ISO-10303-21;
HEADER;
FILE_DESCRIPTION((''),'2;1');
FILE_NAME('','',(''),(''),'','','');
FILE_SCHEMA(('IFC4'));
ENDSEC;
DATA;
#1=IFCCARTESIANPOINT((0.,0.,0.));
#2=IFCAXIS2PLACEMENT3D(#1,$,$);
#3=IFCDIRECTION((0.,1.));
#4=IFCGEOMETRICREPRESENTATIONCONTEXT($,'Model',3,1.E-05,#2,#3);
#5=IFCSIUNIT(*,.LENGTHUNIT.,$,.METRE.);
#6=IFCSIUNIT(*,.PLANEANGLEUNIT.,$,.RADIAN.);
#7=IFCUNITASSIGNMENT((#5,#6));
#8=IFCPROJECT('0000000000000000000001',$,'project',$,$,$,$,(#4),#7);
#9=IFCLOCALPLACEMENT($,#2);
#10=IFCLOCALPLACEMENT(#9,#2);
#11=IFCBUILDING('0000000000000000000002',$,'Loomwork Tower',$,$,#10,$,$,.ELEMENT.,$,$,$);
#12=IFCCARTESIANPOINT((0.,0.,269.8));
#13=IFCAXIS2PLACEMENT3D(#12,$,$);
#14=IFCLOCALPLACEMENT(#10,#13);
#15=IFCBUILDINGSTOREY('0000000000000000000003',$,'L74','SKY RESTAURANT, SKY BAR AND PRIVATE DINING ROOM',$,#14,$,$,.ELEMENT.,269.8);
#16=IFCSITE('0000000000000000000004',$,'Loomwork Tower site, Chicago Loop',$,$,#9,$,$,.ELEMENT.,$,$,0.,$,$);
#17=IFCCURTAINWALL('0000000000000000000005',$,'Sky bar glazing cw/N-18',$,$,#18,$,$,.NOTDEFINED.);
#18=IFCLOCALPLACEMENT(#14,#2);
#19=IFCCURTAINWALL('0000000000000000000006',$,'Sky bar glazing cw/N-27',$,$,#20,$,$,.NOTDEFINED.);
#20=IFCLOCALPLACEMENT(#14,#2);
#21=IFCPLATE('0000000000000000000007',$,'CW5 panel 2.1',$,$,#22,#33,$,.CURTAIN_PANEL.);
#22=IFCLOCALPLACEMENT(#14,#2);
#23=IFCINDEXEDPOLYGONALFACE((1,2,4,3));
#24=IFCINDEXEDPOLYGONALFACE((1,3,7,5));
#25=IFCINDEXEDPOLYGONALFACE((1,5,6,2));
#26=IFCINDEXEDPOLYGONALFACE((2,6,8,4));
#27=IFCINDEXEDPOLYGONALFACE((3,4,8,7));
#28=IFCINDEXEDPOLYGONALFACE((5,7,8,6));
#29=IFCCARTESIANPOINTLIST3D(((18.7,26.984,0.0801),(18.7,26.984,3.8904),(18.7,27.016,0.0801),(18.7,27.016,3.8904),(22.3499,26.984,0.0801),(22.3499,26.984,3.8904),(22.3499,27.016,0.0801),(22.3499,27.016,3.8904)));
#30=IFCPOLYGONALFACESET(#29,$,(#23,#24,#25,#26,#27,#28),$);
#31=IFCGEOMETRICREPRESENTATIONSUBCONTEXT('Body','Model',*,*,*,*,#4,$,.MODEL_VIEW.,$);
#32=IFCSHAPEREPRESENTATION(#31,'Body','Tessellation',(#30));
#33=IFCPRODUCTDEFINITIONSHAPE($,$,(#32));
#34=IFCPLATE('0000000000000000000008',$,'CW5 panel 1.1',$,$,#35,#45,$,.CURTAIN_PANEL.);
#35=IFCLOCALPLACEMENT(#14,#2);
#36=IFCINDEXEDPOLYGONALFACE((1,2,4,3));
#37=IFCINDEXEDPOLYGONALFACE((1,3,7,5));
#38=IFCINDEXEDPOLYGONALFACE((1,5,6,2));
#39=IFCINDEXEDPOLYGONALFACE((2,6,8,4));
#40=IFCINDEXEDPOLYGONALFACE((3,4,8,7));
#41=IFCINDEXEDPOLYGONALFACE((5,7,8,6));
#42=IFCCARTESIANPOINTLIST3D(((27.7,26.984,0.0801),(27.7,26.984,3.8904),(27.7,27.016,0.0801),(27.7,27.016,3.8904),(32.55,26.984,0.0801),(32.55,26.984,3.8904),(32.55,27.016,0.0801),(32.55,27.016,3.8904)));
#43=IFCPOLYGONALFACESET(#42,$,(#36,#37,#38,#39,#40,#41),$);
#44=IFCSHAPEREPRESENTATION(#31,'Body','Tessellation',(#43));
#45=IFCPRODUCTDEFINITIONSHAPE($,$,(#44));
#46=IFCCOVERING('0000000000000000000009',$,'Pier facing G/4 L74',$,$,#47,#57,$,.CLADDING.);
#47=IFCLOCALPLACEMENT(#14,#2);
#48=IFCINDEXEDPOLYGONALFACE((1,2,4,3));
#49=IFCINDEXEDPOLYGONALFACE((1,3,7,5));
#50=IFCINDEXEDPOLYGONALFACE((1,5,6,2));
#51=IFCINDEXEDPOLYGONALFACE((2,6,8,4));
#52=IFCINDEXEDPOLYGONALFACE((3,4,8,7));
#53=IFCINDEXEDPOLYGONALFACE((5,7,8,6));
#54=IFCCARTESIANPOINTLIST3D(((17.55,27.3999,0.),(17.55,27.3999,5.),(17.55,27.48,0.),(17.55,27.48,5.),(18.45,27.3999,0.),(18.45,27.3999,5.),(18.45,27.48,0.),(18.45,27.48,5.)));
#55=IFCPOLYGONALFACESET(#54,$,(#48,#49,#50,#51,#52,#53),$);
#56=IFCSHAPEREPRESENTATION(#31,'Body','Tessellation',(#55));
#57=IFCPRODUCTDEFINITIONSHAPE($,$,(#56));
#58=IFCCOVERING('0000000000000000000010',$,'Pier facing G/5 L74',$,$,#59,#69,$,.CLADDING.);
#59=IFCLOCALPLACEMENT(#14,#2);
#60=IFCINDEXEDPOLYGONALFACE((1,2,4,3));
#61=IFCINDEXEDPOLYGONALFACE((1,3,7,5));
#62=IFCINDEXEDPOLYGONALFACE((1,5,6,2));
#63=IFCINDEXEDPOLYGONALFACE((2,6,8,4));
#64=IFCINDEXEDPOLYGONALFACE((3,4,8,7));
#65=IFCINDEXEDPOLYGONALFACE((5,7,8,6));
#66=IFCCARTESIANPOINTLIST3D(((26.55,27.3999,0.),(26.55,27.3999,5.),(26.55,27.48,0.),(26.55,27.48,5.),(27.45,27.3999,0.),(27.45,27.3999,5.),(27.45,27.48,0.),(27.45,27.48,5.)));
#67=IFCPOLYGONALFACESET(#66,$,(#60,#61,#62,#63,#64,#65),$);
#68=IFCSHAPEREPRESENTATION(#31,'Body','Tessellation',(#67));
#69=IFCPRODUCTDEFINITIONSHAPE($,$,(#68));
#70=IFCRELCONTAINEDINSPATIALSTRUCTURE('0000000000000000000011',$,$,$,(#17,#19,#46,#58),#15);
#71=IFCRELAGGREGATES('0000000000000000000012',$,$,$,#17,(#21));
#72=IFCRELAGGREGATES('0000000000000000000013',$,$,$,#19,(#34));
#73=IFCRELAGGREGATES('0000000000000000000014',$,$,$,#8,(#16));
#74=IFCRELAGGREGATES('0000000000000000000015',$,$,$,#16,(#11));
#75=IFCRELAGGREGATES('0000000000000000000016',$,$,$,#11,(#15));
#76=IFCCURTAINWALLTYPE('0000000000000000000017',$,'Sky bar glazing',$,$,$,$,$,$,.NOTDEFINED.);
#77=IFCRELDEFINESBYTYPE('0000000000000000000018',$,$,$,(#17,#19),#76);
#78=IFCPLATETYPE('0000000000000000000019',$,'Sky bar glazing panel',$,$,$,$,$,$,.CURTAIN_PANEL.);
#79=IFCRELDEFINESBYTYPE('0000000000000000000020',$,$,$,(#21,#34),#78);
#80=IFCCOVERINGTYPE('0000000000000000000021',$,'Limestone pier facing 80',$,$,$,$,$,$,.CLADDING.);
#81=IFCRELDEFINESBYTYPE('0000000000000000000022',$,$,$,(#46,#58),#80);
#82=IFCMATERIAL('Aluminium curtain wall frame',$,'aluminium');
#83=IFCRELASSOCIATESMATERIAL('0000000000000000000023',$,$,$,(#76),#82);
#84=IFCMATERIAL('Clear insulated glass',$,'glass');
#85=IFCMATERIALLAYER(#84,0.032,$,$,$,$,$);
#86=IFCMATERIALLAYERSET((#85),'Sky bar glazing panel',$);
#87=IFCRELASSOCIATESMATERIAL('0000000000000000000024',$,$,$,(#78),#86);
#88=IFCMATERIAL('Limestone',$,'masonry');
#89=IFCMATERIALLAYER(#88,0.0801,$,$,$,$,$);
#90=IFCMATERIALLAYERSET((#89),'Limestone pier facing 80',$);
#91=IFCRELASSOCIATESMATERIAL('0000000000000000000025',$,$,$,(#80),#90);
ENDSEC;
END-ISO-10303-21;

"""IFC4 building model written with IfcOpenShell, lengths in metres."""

from ifc_helpers import new_model, si_unit, direction, frame, origin, origin_2d, place, context, subcontext, project, spatial, rectangle, extrude, material, layer, layer_set, type_object, element, aggregate, save


model = new_model("IFC4")

# Units and contexts
model_context = context("Model", 3, precision=1e-05, world=origin(), true_north=direction((0.0, 1.0)))
body_context = subcontext(model_context, "Body", "Model", "MODEL_VIEW")
ifc_project = project(units=[si_unit("LENGTHUNIT", "METRE"), si_unit("PLANEANGLEUNIT", "RADIAN")], contexts=[model_context])

# Site, building, storey
site_placement = place(None, origin())
site = spatial("IfcSite", under=ifc_project, at=site_placement, Name="Loomwork Tower site, Chicago Loop", CompositionType="ELEMENT", RefElevation=0.0)
building_placement = place(site_placement, origin())
building = spatial("IfcBuilding", under=site, at=building_placement, Name="Loomwork Tower", CompositionType="ELEMENT")
storey_placement = place(building_placement, frame((0.0, 0.0, 269.8)))
storey = spatial("IfcBuildingStorey", under=building, at=storey_placement, Name="L74", Description="SKY RESTAURANT, SKY BAR AND PRIVATE DINING ROOM", CompositionType="ELEMENT", Elevation=269.8)

# Curtain wall
ifc_material_1 = material(Name="Aluminium curtain wall frame", Category="aluminium")
curtain_wall_type = type_object("IfcCurtainWallType", Name="Sky bar glazing", PredefinedType="NOTDEFINED", material=ifc_material_1)
curtain_wall_1_placement = place(storey_placement, origin())
curtain_wall_1 = element("IfcCurtainWall", 1, at=curtain_wall_1_placement, inside=storey, type_object=curtain_wall_type, Name="Sky bar glazing cw/N-18", PredefinedType="NOTDEFINED")

# Curtain wall
curtain_wall_2_placement = place(storey_placement, origin())
curtain_wall_2 = element("IfcCurtainWall", 2, at=curtain_wall_2_placement, inside=storey, type_object=curtain_wall_type, Name="Sky bar glazing cw/N-27", PredefinedType="NOTDEFINED")

# Plates
ifc_material_2 = material(Name="Clear insulated glass", Category="glass")
ifc_layer_1 = layer(ifc_material_2, 0.032)
ifc_layer_set_1 = layer_set([ifc_layer_1], Name="Sky bar glazing panel")
plate_type = type_object("IfcPlateType", Name="Sky bar glazing panel", PredefinedType="CURTAIN_PANEL", material=ifc_layer_set_1)
plate_1_placement = place(storey_placement, frame((20.5249, 27.0, 0.0801), z_axis=(0.0, 0.0, 1.0), x_axis=(-1.0, 0.0, 0.0)))
plate_1 = element("IfcPlate", 3, at=plate_1_placement, type_object=plate_type, Name="CW5 panel 2.1", PredefinedType="CURTAIN_PANEL", context=body_context, shape_type="SweptSolid", body=[
    extrude(rectangle(XDim=3.6499, YDim=0.032, at=origin_2d()), origin(), (0.0, 0.0, 1.0), 3.8103),
])
aggregate(curtain_wall_1, [plate_1])
plate_2_placement = place(storey_placement, frame((30.125, 27.0, 0.0801), z_axis=(0.0, 0.0, 1.0), x_axis=(-1.0, 0.0, 0.0)))
plate_2 = element("IfcPlate", 4, at=plate_2_placement, type_object=plate_type, Name="CW5 panel 1.1", PredefinedType="CURTAIN_PANEL", context=body_context, shape_type="SweptSolid", body=[
    extrude(rectangle(XDim=4.8501, YDim=0.032, at=origin_2d()), origin(), (0.0, 0.0, 1.0), 3.8103),
])
aggregate(curtain_wall_2, [plate_2])

# Coverings
ifc_material_3 = material(Name="Limestone", Category="masonry")
ifc_layer_2 = layer(ifc_material_3, 0.0801)
ifc_layer_set_2 = layer_set([ifc_layer_2], Name="Limestone pier facing 80")
covering_type = type_object("IfcCoveringType", Name="Limestone pier facing 80", PredefinedType="CLADDING", material=ifc_layer_set_2)
for number, where, z_axis, x_axis, name in (
    (5, (18.0, 27.4399, 0.0), (0.0, 0.0, 1.0), (1.0, 0.0, 0.0), "Pier facing G/4 L74"),
    (6, (27.0, 27.4399, 0.0), (0.0, 0.0, 1.0), (1.0, 0.0, 0.0), "Pier facing G/5 L74"),
):
    element("IfcCovering", number, at=place(storey_placement, frame(where, z_axis=z_axis, x_axis=x_axis)), inside=storey, type_object=covering_type, Name=name, PredefinedType="CLADDING", context=body_context, shape_type="SweptSolid", body=[
        extrude(rectangle(XDim=0.8999, YDim=0.0801, at=origin_2d()), origin(), (0.0, 0.0, 1.0), 5.0),
    ])

save(model, "model.ifc")
